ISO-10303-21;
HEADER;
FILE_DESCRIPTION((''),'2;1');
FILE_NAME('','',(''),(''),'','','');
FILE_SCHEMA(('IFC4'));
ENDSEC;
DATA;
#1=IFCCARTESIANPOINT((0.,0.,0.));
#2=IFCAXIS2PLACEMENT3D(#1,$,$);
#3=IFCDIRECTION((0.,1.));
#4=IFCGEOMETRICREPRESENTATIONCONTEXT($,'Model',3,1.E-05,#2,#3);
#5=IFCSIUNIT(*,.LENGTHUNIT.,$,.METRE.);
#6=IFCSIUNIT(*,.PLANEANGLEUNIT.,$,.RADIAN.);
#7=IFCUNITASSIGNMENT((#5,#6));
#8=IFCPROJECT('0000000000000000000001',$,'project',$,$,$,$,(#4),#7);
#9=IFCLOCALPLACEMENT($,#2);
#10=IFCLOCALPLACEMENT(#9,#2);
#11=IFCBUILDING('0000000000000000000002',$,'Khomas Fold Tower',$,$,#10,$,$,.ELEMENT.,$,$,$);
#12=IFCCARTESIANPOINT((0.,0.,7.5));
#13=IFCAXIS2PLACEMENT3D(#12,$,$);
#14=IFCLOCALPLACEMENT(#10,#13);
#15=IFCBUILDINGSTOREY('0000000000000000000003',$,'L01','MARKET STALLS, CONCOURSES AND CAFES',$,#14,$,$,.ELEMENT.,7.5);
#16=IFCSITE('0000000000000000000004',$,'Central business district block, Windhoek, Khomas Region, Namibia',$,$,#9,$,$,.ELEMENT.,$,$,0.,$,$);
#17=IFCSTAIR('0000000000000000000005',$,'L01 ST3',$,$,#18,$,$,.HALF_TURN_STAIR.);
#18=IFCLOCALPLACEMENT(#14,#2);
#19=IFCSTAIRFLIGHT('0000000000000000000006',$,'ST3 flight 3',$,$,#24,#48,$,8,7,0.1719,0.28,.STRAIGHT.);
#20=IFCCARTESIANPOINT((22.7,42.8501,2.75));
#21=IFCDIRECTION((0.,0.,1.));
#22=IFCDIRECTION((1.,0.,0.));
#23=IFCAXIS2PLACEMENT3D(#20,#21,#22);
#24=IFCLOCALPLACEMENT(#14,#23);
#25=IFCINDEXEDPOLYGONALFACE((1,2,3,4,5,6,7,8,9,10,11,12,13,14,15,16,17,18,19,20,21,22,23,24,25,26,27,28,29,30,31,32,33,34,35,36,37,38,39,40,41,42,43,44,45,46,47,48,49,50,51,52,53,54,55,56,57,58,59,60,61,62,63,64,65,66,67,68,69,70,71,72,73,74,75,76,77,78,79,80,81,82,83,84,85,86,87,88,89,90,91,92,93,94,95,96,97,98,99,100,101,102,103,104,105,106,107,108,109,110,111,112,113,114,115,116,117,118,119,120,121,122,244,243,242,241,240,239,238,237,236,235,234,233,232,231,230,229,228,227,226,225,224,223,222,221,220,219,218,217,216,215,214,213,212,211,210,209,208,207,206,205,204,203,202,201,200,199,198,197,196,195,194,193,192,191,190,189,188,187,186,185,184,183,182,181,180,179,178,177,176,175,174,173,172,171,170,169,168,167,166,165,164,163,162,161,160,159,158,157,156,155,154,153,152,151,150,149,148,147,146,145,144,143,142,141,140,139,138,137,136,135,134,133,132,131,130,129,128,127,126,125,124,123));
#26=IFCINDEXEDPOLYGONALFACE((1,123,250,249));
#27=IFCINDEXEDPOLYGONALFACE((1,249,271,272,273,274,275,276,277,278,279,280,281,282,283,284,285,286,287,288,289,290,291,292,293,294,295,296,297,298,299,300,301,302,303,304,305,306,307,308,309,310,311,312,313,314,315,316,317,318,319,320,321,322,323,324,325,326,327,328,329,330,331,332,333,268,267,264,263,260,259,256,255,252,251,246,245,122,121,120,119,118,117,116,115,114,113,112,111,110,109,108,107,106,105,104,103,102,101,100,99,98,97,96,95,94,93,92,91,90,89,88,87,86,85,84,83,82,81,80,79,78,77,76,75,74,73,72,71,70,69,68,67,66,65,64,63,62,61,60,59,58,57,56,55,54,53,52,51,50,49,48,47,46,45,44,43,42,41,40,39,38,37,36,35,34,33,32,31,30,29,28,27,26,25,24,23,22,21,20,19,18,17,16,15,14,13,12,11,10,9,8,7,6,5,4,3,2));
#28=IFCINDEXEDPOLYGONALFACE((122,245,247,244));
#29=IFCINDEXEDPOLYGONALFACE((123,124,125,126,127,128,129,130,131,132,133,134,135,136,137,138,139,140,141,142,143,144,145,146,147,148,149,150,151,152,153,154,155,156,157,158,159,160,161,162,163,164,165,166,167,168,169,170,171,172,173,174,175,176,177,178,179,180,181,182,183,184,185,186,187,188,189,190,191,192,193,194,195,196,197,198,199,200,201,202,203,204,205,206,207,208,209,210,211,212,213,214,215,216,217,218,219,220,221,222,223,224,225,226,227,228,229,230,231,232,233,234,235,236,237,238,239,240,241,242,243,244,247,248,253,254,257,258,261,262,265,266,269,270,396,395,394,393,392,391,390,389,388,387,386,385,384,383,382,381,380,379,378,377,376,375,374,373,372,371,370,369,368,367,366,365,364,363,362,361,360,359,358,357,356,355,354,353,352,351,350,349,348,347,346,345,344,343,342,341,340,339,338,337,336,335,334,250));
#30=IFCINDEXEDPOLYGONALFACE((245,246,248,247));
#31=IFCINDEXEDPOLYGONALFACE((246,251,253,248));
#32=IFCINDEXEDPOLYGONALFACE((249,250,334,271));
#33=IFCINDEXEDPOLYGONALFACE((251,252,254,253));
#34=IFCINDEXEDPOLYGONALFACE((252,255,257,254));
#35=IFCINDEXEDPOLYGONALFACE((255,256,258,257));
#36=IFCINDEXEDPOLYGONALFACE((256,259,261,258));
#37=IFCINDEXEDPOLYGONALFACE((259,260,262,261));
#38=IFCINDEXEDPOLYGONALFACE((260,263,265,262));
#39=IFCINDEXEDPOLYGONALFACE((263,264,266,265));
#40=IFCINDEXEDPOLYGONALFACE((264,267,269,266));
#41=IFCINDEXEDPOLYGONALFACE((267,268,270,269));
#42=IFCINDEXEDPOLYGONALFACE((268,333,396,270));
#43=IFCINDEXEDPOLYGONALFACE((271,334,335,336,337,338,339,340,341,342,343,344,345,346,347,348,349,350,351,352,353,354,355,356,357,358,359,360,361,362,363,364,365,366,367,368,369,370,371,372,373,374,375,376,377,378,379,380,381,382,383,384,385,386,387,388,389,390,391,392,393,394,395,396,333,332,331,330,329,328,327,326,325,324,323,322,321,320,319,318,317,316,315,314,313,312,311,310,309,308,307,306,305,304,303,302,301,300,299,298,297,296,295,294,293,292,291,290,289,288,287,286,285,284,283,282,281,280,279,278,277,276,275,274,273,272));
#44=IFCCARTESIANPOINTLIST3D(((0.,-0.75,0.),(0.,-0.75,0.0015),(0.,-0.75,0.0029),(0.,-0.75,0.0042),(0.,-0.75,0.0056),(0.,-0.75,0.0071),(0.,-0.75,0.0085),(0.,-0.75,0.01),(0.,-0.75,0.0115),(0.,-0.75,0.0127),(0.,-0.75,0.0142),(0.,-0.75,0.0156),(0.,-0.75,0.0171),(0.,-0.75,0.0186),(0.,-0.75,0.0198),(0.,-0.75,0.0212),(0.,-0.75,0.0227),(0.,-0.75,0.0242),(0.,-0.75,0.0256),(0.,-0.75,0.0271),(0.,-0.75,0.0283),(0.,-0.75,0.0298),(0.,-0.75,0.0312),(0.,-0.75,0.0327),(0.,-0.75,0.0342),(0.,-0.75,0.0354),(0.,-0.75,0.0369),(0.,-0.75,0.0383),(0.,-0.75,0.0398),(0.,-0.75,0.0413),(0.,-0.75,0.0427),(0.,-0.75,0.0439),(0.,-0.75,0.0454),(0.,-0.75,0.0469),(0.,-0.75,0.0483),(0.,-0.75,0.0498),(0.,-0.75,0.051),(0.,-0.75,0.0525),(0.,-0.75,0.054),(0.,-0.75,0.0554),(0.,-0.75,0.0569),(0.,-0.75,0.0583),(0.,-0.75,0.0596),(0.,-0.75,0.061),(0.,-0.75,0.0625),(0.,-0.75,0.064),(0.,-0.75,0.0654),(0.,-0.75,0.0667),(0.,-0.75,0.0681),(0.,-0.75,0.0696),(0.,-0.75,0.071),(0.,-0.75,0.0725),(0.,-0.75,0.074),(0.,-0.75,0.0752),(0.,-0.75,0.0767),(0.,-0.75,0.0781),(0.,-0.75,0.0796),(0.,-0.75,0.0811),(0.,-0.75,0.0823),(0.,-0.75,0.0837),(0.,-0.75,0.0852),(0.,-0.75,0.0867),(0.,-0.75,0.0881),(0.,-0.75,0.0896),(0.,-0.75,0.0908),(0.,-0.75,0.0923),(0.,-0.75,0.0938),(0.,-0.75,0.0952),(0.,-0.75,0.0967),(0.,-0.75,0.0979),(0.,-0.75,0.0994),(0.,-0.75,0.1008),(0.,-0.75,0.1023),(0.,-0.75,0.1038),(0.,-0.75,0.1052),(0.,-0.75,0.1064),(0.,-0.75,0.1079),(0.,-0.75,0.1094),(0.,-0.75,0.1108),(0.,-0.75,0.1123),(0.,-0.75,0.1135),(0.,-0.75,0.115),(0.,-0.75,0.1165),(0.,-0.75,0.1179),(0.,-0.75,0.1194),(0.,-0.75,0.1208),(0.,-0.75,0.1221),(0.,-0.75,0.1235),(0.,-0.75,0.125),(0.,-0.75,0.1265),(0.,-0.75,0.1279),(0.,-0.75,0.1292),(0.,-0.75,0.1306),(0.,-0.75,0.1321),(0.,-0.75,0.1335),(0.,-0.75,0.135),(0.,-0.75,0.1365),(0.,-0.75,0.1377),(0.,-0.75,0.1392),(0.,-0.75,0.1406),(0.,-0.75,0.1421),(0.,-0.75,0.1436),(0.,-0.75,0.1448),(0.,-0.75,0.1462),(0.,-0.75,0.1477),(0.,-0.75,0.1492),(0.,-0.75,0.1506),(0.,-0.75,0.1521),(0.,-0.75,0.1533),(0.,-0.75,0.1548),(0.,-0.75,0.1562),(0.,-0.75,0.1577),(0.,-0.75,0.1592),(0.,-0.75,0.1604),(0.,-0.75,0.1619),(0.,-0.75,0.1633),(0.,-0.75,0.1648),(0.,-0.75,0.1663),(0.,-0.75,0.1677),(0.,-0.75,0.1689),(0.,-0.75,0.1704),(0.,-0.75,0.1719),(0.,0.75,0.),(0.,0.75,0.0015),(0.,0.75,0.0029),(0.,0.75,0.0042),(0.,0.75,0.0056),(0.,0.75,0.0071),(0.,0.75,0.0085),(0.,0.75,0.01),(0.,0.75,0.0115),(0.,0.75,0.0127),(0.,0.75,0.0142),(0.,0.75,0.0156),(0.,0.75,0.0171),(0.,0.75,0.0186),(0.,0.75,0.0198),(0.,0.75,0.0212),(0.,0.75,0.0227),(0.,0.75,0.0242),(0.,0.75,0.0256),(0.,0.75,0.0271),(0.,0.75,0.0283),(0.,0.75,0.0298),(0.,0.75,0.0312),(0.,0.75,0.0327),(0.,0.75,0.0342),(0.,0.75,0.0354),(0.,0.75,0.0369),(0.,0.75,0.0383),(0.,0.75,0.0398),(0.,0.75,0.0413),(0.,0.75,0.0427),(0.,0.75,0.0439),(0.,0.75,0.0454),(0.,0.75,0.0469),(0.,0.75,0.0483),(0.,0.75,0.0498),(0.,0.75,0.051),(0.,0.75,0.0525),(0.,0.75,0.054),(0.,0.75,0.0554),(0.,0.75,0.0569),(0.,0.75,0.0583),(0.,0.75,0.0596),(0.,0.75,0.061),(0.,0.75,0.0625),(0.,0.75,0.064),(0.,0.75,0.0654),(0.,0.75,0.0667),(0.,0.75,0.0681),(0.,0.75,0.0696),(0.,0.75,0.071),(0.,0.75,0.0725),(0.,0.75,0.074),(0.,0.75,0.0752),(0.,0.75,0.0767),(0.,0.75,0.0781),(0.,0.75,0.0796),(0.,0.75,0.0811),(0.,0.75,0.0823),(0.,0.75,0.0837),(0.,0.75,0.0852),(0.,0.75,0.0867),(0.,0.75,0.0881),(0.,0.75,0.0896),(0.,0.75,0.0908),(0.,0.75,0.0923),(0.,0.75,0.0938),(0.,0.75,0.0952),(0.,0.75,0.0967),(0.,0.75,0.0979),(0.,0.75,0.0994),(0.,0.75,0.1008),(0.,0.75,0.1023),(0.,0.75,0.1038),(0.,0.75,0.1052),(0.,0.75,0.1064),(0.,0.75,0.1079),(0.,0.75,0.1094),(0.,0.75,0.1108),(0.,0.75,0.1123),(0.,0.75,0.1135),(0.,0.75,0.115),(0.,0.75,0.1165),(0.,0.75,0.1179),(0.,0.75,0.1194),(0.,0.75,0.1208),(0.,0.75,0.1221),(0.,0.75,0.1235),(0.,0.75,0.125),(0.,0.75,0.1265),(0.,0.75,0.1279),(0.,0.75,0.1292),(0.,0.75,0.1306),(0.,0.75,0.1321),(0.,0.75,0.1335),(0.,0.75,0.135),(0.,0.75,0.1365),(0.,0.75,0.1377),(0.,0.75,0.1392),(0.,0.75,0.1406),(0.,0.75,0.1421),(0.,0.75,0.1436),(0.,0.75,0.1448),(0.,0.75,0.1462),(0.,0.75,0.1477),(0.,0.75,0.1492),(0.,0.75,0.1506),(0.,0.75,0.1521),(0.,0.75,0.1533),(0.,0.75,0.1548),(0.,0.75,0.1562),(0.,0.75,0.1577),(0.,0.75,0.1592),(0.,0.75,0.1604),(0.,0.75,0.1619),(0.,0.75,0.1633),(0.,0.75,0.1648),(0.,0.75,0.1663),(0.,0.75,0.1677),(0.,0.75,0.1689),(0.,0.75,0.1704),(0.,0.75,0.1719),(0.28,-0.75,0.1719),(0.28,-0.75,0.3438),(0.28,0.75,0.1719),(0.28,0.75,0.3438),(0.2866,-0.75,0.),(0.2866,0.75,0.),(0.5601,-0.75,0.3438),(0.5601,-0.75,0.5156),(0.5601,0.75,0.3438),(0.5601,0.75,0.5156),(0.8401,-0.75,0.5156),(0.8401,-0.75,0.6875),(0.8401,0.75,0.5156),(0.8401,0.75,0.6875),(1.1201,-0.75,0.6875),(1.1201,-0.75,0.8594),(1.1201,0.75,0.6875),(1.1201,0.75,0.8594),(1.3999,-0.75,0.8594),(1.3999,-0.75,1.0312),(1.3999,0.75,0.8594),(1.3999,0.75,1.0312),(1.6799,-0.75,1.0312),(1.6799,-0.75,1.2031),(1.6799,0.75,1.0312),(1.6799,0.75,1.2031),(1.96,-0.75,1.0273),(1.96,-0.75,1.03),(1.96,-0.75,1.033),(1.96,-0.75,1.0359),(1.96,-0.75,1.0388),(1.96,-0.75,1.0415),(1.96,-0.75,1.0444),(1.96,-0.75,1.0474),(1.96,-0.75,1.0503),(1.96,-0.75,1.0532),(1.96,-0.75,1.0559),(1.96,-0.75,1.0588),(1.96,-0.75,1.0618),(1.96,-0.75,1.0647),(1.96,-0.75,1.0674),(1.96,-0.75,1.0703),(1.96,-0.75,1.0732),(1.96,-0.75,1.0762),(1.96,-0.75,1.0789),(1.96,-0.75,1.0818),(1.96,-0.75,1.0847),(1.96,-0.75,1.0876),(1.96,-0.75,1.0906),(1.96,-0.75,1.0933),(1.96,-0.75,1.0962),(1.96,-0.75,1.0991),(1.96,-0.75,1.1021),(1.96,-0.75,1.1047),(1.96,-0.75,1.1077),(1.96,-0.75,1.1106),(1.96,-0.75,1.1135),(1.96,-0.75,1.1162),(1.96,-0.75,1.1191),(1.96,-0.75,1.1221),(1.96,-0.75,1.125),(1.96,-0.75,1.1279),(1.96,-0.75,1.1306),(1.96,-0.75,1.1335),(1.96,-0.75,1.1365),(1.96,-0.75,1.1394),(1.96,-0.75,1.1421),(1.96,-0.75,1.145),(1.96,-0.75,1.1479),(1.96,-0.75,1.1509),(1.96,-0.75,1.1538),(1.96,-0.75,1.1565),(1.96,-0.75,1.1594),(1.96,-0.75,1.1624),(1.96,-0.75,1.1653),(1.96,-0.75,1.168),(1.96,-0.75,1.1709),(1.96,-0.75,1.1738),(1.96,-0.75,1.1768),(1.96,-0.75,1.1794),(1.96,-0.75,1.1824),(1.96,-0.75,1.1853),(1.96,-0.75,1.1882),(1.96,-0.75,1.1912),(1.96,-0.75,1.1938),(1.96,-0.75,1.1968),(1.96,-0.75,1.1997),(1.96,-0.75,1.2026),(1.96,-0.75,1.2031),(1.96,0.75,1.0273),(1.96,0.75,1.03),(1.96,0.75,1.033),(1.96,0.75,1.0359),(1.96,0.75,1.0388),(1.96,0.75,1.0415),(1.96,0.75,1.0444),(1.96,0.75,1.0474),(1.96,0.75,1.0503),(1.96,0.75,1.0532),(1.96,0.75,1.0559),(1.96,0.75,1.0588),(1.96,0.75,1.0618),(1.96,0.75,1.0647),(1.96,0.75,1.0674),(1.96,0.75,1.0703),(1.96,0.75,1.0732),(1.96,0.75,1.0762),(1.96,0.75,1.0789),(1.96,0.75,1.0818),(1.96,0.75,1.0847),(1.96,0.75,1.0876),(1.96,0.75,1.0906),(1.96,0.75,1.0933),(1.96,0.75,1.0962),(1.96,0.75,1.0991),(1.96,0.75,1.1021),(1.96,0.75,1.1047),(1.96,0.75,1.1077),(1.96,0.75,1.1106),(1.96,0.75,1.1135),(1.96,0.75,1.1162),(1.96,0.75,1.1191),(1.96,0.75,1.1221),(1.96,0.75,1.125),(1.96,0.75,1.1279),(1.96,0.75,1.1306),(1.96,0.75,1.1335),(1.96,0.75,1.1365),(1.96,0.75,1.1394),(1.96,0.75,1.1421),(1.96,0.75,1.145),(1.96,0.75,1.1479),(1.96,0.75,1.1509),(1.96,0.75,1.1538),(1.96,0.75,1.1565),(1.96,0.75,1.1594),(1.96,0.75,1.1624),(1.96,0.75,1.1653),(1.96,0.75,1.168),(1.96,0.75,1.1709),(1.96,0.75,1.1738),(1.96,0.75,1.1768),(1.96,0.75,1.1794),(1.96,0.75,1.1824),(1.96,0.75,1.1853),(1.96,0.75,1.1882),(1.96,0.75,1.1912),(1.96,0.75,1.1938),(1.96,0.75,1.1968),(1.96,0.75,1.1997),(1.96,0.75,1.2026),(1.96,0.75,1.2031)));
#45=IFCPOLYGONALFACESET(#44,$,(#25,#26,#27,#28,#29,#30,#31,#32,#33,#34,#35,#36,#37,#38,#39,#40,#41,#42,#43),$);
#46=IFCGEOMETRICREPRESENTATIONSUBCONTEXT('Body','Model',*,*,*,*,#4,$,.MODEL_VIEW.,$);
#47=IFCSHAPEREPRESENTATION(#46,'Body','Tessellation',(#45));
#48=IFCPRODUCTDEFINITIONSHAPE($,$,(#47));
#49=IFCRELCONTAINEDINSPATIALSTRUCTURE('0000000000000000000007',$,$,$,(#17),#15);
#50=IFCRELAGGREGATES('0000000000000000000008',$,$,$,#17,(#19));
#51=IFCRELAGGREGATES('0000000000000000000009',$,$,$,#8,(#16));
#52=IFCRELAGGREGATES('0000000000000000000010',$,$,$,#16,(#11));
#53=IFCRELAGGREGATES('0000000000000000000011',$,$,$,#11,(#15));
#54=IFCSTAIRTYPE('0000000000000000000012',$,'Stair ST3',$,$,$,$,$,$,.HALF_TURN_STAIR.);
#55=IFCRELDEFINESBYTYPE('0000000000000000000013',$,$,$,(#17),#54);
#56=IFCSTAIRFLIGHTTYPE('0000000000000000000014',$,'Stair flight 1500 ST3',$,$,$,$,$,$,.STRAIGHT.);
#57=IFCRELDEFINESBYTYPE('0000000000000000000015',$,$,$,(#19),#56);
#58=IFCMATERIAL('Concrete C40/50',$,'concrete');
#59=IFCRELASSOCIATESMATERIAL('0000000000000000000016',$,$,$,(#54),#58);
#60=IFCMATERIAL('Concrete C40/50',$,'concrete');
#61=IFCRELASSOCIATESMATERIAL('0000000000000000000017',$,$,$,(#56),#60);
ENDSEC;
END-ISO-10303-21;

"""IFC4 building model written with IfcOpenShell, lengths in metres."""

from ifc_helpers import new_model, si_unit, direction, frame, origin, place, context, subcontext, project, spatial, polyline, outline, extrude, source, transform, mapped, material, type_object, element, aggregate, save


model = new_model("IFC4")

# Units and contexts
model_context = context("Model", 3, precision=1e-05, world=origin(), true_north=direction((0.0, 1.0)))
body_context = subcontext(model_context, "Body", "Model", "MODEL_VIEW")
ifc_project = project(units=[si_unit("LENGTHUNIT", "METRE"), si_unit("PLANEANGLEUNIT", "RADIAN")], contexts=[model_context])

# Site, building, storey
site_placement = place(None, origin())
site = spatial("IfcSite", under=ifc_project, at=site_placement, Name="Central business district block, Windhoek, Khomas Region, Namibia", CompositionType="ELEMENT", RefElevation=0.0)
building_placement = place(site_placement, origin())
building = spatial("IfcBuilding", under=site, at=building_placement, Name="Khomas Fold Tower", CompositionType="ELEMENT")
storey_placement = place(building_placement, frame((0.0, 0.0, 7.5)))
storey = spatial("IfcBuildingStorey", under=building, at=storey_placement, Name="L01", Description="MARKET STALLS, CONCOURSES AND CAFES", CompositionType="ELEMENT", Elevation=7.5)

# Stair, stair flight
shared_shape_1 = source(origin(), body_context, "Body", "SweptSolid", [
    extrude(outline(polyline([(0.0, 0.0), (0.0, 0.0015), (0.0, 0.0029), (0.0, 0.0042), (0.0, 0.0056), (0.0, 0.0071), (0.0, 0.0085), (0.0, 0.01), (0.0, 0.0115), (0.0, 0.0127), (0.0, 0.0142), (0.0, 0.0156), (0.0, 0.0171), (0.0, 0.0186), (0.0, 0.0198), (0.0, 0.0212), (0.0, 0.0227), (0.0, 0.0242), (0.0, 0.0256), (0.0, 0.0271), (0.0, 0.0283), (0.0, 0.0298), (0.0, 0.0312), (0.0, 0.0327), (0.0, 0.0342), (0.0, 0.0354), (0.0, 0.0369), (0.0, 0.0383), (0.0, 0.0398), (0.0, 0.0413), (0.0, 0.0427), (0.0, 0.0439), (0.0, 0.0454), (0.0, 0.0469), (0.0, 0.0483), (0.0, 0.0498), (0.0, 0.051), (0.0, 0.0525), (0.0, 0.054), (0.0, 0.0554), (0.0, 0.0569), (0.0, 0.0583), (0.0, 0.0596), (0.0, 0.061), (0.0, 0.0625), (0.0, 0.064), (0.0, 0.0654), (0.0, 0.0667), (0.0, 0.0681), (0.0, 0.0696), (0.0, 0.071), (0.0, 0.0725), (0.0, 0.074), (0.0, 0.0752), (0.0, 0.0767), (0.0, 0.0781), (0.0, 0.0796), (0.0, 0.0811), (0.0, 0.0823), (0.0, 0.0837), (0.0, 0.0852), (0.0, 0.0867), (0.0, 0.0881), (0.0, 0.0896), (0.0, 0.0908), (0.0, 0.0923), (0.0, 0.0938), (0.0, 0.0952), (0.0, 0.0967), (0.0, 0.0979), (0.0, 0.0994), (0.0, 0.1008), (0.0, 0.1023), (0.0, 0.1038), (0.0, 0.1052), (0.0, 0.1064), (0.0, 0.1079), (0.0, 0.1094), (0.0, 0.1108), (0.0, 0.1123), (0.0, 0.1135), (0.0, 0.115), (0.0, 0.1165), (0.0, 0.1179), (0.0, 0.1194), (0.0, 0.1208), (0.0, 0.1221), (0.0, 0.1235), (0.0, 0.125), (0.0, 0.1265), (0.0, 0.1279), (0.0, 0.1292), (0.0, 0.1306), (0.0, 0.1321), (0.0, 0.1335), (0.0, 0.135), (0.0, 0.1365), (0.0, 0.1377), (0.0, 0.1392), (0.0, 0.1406), (0.0, 0.1421), (0.0, 0.1436), (0.0, 0.1448), (0.0, 0.1462), (0.0, 0.1477), (0.0, 0.1492), (0.0, 0.1506), (0.0, 0.1521), (0.0, 0.1533), (0.0, 0.1548), (0.0, 0.1562), (0.0, 0.1577), (0.0, 0.1592), (0.0, 0.1604), (0.0, 0.1619), (0.0, 0.1633), (0.0, 0.1648), (0.0, 0.1663), (0.0, 0.1677), (0.0, 0.1689), (0.0, 0.1704), (0.0, 0.1719), (0.28, 0.1719), (0.28, 0.3438), (0.5601, 0.3438), (0.5601, 0.5156), (0.8401, 0.5156), (0.8401, 0.6875), (1.1201, 0.6875), (1.1201, 0.8594), (1.3999, 0.8594), (1.3999, 1.0312), (1.6799, 1.0312), (1.6799, 1.2031), (1.96, 1.2031), (1.96, 1.375), (1.96, 1.3721), (1.96, 1.3691), (1.96, 1.3665), (1.96, 1.3635), (1.96, 1.3606), (1.96, 1.3577), (1.96, 1.355), (1.96, 1.3521), (1.96, 1.3491), (1.96, 1.3462), (1.96, 1.3435), (1.96, 1.3406), (1.96, 1.3376), (1.96, 1.3347), (1.96, 1.3318), (1.96, 1.3291), (1.96, 1.3262), (1.96, 1.3232), (1.96, 1.3203), (1.96, 1.3176), (1.96, 1.3147), (1.96, 1.3118), (1.96, 1.3088), (1.96, 1.3059), (1.96, 1.3032), (1.96, 1.3003), (1.96, 1.2974), (1.96, 1.2944), (1.96, 1.2917), (1.96, 1.2888), (1.96, 1.2859), (1.96, 1.283), (1.96, 1.2803), (1.96, 1.2773), (1.96, 1.2744), (1.96, 1.2715), (1.96, 1.2686), (1.96, 1.2659), (1.96, 1.2629), (1.96, 1.26), (1.96, 1.2571), (1.96, 1.2544), (1.96, 1.2515), (1.96, 1.2485), (1.96, 1.2456), (1.96, 1.2427), (1.96, 1.24), (1.96, 1.2371), (1.96, 1.2341), (1.96, 1.2312), (1.96, 1.2285), (1.96, 1.2256), (1.96, 1.2227), (1.96, 1.2197), (1.96, 1.217), (1.96, 1.2141), (1.96, 1.2112), (1.96, 1.2083), (1.96, 1.2053), (1.96, 1.2026), (1.96, 1.1997), (1.96, 1.1968), (1.96, 1.1938), (1.96, 1.1912), (1.96, 1.1882), (1.96, 1.1853), (1.96, 1.1824), (1.96, 1.1794), (1.96, 1.1768), (1.96, 1.1738), (1.96, 1.1709), (1.96, 1.168), (1.96, 1.1653), (1.96, 1.1624), (1.96, 1.1594), (1.96, 1.1565), (1.96, 1.1538), (1.96, 1.1509), (1.96, 1.1479), (1.96, 1.145), (1.96, 1.1421), (1.96, 1.1394), (1.96, 1.1365), (1.96, 1.1335), (1.96, 1.1306), (1.96, 1.1279), (1.96, 1.125), (1.96, 1.1221), (1.96, 1.1191), (1.96, 1.1162), (1.96, 1.1135), (1.96, 1.1106), (1.96, 1.1077), (1.96, 1.1047), (1.96, 1.1021), (1.96, 1.0991), (1.96, 1.0962), (1.96, 1.0933), (1.96, 1.0906), (1.96, 1.0876), (1.96, 1.0847), (1.96, 1.0818), (1.96, 1.0789), (1.96, 1.0762), (1.96, 1.0732), (1.96, 1.0703), (1.96, 1.0674), (1.96, 1.0647), (1.96, 1.0618), (1.96, 1.0588), (1.96, 1.0559), (1.96, 1.0532), (1.96, 1.0503), (1.96, 1.0474), (1.96, 1.0444), (1.96, 1.0415), (1.96, 1.0388), (1.96, 1.0359), (1.96, 1.033), (1.96, 1.03), (1.96, 1.0273), (0.2866, 0.0), (0.0, 0.0)])), frame((0.0, 0.75, 0.0), z_axis=(0.0, -1.0, 0.0), x_axis=(1.0, 0.0, 0.0)), (0.0, 0.0, 1.0), 1.5),
])
ifc_material_1 = material(Name="Concrete C40/50", Category="concrete")
stair_type_1 = type_object("IfcStairType", Name="Stair ST3", PredefinedType="HALF_TURN_STAIR", material=ifc_material_1)
stair_1_placement = place(storey_placement, origin())
stair_1 = element("IfcStair", 1, at=stair_1_placement, inside=storey, type_object=stair_type_1, Name="L01 ST3", PredefinedType="HALF_TURN_STAIR")
ifc_material_2 = material(Name="Concrete C40/50", Category="concrete")
stair_flight_type_1 = type_object("IfcStairFlightType", Name="Stair flight 1500 ST3", PredefinedType="STRAIGHT", material=ifc_material_2)
stair_flight_1_placement = place(storey_placement, frame((22.7, 42.8501, 2.75), z_axis=(0.0, 0.0, 1.0), x_axis=(1.0, 0.0, 0.0)))
stair_flight_1 = element("IfcStairFlight", 2, at=stair_flight_1_placement, type_object=stair_flight_type_1, Name="ST3 flight 3", NumberOfRisers=8, NumberOfTreads=7, PredefinedType="STRAIGHT", RiserHeight=0.1719, TreadLength=0.28, context=body_context, shape_type="MappedRepresentation", body=[
    mapped(shared_shape_1, transform((0.0, 0.0, 0.0))),
])
aggregate(stair_1, [stair_flight_1])

save(model, "model.ifc")
